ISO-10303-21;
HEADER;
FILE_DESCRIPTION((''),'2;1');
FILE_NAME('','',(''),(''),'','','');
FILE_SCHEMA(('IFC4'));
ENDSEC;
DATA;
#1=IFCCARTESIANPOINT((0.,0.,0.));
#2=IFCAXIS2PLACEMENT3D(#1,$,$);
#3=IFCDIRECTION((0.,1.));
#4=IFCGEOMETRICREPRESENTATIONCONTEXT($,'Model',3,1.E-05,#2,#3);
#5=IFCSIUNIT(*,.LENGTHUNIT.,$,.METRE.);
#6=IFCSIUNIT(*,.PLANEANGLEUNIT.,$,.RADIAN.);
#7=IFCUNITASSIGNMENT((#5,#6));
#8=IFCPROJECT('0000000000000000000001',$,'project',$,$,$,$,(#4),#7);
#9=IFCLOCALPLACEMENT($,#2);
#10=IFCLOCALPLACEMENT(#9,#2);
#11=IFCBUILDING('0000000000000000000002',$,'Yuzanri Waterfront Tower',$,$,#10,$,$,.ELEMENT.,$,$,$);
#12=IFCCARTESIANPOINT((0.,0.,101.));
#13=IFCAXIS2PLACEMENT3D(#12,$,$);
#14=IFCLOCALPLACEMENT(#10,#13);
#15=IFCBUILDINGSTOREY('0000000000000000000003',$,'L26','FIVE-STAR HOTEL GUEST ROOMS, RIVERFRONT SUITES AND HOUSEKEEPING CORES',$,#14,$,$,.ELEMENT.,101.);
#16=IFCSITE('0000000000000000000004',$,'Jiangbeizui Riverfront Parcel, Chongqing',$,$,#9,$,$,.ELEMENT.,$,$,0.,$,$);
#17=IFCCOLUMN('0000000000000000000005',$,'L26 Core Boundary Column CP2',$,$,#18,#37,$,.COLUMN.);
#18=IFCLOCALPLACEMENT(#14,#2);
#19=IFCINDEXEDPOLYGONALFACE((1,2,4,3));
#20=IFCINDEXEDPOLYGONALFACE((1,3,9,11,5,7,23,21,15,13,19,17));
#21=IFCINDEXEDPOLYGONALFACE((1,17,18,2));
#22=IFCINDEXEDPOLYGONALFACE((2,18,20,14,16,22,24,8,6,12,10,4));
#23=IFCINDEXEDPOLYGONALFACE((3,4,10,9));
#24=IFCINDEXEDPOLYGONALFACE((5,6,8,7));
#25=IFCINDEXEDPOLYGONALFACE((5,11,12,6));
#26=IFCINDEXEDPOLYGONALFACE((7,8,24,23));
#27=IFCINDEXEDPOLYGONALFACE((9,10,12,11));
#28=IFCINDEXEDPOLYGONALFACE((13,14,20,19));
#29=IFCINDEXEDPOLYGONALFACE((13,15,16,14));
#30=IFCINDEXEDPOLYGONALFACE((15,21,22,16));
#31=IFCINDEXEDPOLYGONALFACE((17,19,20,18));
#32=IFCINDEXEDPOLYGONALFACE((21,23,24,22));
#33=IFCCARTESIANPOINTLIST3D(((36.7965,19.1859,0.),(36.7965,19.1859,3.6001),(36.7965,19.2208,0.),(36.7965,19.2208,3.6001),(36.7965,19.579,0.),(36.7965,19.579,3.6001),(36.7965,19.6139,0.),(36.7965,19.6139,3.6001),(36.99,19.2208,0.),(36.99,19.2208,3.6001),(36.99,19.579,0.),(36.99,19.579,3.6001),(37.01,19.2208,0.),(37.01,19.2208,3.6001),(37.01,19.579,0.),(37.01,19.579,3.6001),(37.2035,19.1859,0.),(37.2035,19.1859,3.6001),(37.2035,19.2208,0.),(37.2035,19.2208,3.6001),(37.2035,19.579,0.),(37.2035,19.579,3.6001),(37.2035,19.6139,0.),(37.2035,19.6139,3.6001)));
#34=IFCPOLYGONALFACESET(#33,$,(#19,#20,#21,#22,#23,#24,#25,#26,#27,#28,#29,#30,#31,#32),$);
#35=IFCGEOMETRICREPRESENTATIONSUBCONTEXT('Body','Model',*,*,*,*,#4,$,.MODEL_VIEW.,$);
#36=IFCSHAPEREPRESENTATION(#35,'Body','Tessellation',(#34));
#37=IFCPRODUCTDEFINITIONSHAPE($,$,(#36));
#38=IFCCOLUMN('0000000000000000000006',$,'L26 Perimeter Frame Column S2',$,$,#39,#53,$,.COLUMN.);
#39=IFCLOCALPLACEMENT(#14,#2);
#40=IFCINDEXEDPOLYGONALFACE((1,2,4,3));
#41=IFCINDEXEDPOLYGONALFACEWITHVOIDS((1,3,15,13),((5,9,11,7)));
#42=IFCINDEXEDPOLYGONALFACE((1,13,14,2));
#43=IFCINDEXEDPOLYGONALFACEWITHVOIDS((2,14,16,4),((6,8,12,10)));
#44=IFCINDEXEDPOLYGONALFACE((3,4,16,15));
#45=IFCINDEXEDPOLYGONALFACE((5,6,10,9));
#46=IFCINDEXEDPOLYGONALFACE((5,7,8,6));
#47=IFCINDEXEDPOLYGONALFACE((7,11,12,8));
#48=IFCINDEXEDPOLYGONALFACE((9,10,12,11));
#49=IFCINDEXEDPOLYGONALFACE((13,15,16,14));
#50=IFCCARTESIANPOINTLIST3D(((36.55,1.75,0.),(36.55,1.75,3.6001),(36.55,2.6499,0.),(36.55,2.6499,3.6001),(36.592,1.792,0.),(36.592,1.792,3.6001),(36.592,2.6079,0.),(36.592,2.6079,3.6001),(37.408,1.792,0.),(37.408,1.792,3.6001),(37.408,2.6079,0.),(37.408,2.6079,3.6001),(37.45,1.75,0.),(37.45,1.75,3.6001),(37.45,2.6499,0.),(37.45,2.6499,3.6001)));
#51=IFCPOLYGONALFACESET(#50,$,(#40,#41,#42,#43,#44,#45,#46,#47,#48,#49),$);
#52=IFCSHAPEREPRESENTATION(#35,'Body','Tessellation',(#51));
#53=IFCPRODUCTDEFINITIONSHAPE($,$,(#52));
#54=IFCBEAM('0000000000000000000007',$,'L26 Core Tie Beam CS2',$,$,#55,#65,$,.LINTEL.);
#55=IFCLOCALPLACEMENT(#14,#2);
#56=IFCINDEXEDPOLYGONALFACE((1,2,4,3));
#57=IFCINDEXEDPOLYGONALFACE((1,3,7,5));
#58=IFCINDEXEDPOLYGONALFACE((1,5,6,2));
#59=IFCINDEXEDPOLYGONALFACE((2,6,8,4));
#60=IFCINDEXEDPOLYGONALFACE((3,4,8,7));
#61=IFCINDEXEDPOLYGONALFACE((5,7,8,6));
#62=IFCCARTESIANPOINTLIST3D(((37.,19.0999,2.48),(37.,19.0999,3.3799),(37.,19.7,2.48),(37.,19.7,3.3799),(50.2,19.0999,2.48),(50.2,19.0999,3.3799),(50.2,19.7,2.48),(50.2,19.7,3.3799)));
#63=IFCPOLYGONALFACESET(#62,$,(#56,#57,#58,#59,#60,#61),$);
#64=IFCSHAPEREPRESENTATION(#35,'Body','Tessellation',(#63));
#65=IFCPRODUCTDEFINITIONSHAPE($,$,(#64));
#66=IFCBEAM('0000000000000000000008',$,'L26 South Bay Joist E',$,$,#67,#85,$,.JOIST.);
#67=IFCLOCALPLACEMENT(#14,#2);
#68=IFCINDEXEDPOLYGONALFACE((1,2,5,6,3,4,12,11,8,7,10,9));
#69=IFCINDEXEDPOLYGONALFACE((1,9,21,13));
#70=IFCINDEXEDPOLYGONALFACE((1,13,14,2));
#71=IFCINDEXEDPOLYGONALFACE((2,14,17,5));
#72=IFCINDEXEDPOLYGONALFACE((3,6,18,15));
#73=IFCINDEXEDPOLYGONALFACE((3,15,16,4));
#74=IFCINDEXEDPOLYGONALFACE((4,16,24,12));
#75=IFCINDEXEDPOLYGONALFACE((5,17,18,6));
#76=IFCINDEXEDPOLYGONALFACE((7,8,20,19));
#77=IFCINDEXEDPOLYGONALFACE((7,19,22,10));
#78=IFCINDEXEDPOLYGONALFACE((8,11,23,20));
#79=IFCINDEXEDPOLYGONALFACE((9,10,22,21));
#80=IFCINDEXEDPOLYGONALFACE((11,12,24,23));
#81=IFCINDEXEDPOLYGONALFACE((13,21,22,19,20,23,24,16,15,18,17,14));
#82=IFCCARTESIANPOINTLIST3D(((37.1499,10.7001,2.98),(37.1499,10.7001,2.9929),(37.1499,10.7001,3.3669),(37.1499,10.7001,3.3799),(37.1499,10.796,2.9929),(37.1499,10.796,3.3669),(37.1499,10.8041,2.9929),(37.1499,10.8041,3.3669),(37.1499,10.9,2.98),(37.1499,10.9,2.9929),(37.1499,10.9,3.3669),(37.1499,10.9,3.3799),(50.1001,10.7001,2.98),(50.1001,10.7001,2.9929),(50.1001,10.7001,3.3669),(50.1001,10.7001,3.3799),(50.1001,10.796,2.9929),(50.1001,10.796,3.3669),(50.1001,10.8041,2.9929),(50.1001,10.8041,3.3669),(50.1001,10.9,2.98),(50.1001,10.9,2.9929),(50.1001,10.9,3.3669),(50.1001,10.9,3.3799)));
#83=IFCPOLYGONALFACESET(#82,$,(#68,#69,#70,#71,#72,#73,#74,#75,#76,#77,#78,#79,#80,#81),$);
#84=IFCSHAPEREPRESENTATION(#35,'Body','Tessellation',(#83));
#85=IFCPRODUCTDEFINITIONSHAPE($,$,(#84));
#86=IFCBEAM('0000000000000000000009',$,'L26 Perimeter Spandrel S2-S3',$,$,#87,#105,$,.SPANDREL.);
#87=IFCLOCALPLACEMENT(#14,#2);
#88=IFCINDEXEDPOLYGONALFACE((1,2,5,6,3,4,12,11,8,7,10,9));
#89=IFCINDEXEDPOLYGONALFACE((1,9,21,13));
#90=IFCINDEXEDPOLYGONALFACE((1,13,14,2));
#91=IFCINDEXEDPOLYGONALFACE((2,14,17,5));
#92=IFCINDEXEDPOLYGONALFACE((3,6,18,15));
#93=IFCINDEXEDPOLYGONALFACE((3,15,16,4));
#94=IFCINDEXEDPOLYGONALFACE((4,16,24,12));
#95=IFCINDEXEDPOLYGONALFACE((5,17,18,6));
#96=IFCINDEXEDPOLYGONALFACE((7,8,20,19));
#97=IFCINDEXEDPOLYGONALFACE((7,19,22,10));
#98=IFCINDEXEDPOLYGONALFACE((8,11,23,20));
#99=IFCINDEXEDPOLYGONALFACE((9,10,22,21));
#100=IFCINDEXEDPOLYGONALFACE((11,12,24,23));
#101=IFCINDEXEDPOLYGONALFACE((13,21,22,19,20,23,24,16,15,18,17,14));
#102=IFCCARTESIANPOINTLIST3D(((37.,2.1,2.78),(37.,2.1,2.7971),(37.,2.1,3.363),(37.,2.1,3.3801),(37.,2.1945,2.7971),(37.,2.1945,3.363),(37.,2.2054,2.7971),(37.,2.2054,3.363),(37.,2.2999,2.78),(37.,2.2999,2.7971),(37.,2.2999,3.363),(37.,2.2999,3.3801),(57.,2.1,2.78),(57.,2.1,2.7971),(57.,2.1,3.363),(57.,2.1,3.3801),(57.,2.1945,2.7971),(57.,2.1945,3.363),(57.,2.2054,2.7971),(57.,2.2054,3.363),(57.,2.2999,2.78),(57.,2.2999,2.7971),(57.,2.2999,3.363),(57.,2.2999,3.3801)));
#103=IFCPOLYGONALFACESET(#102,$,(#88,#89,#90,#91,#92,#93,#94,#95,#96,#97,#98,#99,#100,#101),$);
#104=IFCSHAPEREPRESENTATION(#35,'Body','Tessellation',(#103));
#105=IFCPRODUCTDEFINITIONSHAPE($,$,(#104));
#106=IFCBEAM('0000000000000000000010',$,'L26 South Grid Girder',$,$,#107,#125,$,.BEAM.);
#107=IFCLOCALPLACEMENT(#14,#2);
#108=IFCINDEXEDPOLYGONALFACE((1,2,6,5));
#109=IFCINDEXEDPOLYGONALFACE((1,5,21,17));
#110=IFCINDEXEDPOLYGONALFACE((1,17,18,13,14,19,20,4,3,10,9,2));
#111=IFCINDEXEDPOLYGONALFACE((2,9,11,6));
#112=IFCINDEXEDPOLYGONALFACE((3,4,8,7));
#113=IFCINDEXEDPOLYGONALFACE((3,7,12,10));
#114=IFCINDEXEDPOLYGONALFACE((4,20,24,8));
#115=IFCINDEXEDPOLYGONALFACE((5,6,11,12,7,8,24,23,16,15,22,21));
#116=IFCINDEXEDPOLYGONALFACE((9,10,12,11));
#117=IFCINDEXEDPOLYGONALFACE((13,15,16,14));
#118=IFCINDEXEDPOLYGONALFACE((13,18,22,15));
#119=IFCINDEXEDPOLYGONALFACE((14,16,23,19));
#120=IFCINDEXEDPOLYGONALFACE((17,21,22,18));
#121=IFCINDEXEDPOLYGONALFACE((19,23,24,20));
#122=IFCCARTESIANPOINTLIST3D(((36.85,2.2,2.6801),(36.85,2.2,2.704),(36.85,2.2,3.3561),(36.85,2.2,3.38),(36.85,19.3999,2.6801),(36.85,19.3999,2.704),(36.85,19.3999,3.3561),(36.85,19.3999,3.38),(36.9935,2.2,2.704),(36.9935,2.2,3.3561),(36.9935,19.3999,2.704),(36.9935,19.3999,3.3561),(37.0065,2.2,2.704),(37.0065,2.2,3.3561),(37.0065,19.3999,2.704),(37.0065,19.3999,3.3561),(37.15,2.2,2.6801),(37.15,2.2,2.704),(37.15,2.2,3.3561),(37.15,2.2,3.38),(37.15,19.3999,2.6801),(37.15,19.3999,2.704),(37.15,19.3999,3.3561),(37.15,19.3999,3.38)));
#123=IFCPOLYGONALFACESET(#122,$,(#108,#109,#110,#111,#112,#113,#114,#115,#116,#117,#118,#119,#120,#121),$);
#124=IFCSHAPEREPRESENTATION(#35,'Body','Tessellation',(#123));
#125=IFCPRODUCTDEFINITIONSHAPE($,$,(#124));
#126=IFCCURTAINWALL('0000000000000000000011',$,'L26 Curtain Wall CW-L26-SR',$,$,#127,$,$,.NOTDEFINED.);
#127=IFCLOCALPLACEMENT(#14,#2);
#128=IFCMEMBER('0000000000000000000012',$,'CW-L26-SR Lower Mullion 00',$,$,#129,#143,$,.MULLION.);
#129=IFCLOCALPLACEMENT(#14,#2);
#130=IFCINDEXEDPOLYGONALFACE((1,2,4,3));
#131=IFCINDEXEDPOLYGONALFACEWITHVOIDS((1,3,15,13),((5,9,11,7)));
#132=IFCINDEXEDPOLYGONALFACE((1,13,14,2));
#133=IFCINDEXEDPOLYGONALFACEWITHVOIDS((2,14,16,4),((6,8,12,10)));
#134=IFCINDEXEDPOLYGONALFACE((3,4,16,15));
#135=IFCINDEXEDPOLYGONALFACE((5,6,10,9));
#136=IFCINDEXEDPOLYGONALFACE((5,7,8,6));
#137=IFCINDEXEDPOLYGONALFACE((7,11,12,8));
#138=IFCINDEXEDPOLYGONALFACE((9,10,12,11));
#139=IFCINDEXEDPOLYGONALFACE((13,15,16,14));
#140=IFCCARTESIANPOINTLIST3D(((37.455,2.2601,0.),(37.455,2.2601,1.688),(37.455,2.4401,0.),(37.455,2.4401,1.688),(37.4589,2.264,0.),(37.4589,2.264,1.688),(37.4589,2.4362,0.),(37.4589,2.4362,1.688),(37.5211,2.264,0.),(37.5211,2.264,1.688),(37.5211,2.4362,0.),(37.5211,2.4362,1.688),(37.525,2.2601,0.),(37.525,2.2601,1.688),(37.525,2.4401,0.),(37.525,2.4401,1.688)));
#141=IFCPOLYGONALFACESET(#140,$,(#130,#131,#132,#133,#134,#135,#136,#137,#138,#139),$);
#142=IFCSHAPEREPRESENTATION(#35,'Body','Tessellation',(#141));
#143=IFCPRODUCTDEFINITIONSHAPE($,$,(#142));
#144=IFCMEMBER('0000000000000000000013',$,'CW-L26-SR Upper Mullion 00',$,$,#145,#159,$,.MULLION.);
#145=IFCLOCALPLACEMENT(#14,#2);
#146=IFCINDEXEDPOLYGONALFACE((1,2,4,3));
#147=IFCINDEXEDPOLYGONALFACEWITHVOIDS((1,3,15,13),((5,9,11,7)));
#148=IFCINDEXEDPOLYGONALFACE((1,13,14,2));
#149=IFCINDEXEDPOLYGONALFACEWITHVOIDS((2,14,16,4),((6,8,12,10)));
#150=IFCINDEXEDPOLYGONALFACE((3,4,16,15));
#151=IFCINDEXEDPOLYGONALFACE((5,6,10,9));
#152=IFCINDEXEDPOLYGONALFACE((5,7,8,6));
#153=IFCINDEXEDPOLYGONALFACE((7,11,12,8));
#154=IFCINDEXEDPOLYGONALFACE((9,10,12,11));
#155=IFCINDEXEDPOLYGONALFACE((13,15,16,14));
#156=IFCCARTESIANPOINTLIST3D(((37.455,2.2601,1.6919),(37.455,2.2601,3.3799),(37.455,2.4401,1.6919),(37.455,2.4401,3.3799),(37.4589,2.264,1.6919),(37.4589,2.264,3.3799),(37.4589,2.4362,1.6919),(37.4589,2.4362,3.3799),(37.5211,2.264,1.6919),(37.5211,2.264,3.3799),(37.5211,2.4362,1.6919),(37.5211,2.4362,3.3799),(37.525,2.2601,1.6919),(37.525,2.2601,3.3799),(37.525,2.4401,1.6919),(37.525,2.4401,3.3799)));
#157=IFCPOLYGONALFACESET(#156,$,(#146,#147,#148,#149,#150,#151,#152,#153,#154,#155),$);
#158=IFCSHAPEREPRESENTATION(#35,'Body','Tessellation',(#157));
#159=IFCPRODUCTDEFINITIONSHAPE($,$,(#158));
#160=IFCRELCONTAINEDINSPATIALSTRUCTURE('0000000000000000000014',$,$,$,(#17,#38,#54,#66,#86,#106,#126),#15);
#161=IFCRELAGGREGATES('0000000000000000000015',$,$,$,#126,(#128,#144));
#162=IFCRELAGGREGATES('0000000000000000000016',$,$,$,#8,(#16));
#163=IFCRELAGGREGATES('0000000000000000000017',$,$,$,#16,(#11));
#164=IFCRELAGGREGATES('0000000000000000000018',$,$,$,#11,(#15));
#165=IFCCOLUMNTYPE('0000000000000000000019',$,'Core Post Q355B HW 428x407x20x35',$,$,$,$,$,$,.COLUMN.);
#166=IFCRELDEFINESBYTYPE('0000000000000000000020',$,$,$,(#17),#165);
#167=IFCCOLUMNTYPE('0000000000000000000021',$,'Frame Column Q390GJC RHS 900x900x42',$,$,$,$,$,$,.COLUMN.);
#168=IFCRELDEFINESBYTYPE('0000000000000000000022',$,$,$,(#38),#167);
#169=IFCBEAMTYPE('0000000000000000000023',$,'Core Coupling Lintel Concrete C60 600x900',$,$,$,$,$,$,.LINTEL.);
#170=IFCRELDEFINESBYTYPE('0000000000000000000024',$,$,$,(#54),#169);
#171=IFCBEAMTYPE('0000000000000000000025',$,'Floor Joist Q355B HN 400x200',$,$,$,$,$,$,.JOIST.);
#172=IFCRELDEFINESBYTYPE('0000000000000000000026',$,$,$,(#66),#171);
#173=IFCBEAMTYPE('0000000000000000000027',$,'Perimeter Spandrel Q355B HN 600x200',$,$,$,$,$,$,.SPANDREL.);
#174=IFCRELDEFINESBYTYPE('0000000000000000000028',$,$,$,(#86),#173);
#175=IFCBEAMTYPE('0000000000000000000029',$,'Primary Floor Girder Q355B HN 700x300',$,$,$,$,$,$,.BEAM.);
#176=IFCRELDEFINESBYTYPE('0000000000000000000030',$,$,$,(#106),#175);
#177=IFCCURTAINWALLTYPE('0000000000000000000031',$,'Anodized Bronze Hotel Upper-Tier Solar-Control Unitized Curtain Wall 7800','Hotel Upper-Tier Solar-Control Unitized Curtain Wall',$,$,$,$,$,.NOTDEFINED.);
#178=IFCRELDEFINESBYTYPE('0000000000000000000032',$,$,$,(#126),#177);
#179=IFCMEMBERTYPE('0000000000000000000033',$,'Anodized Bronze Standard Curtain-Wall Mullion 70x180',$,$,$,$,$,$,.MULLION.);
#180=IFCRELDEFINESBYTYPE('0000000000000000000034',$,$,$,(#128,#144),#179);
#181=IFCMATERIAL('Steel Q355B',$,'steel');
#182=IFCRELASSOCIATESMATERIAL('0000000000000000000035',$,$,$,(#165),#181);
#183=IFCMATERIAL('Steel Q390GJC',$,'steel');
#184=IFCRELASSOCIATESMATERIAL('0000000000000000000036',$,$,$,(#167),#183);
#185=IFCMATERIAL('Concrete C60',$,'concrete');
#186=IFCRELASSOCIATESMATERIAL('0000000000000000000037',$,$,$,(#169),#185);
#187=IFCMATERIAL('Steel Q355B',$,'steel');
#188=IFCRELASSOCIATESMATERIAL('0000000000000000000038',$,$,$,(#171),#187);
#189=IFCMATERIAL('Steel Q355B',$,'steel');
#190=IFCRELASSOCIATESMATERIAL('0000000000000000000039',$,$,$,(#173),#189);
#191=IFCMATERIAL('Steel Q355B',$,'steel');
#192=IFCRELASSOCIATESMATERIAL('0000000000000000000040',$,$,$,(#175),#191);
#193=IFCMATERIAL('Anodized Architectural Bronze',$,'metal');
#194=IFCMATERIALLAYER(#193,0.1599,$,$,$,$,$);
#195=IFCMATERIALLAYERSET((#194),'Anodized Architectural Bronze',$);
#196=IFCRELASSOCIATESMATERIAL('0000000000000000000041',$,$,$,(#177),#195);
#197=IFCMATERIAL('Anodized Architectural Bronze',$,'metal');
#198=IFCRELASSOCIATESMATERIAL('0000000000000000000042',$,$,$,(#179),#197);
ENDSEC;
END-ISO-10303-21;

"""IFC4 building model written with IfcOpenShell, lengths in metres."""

from ifc_helpers import new_model, si_unit, direction, frame, origin, origin_2d, place, context, subcontext, project, spatial, rectangle, hollow_rectangle, i_section, extrude, source, transform, mapped, material, layer, layer_set, material_profile, profile_set, type_object, element, aggregate, save


model = new_model("IFC4")

# Units and contexts
model_context = context("Model", 3, precision=1e-05, world=origin(), true_north=direction((0.0, 1.0)))
body_context = subcontext(model_context, "Body", "Model", "MODEL_VIEW")
ifc_project = project(units=[si_unit("LENGTHUNIT", "METRE"), si_unit("PLANEANGLEUNIT", "RADIAN")], contexts=[model_context])

# Site, building, storey
site_placement = place(None, origin())
site = spatial("IfcSite", under=ifc_project, at=site_placement, Name="Jiangbeizui Riverfront Parcel, Chongqing", CompositionType="ELEMENT", RefElevation=0.0)
building_placement = place(site_placement, origin())
building = spatial("IfcBuilding", under=site, at=building_placement, Name="Yuzanri Waterfront Tower", CompositionType="ELEMENT")
storey_placement = place(building_placement, frame((0.0, 0.0, 101.0)))
storey = spatial("IfcBuildingStorey", under=building, at=storey_placement, Name="L26", Description="FIVE-STAR HOTEL GUEST ROOMS, RIVERFRONT SUITES AND HOUSEKEEPING CORES", CompositionType="ELEMENT", Elevation=101.0)

# Columns
ifc_material_1 = material(Name="Steel Q355B", Category="steel")
ifc_material_profile_1 = material_profile(ifc_material_1, i_section(OverallWidth=0.407, OverallDepth=0.428, WebThickness=0.02, FlangeThickness=0.0349, at=origin_2d()), Name="HW 428x407x20x35")
ifc_profile_set_1 = profile_set([ifc_material_profile_1], Name="Steel Q355B")
column_type_1 = type_object("IfcColumnType", Name="Core Post Q355B HW 428x407x20x35", PredefinedType="COLUMN", material=ifc_profile_set_1)
shared_shape_1 = source(origin(), body_context, "Body", "SweptSolid", [
    extrude(i_section(OverallWidth=0.407, OverallDepth=0.428, WebThickness=0.02, FlangeThickness=0.0349, at=origin_2d()), origin(), (0.0, 0.0, 1.0), 3.6001),
])
column_1_placement = place(storey_placement, frame((37.0, 19.3999, 0.0), z_axis=(0.0, 0.0, 1.0), x_axis=(1.0, 0.0, 0.0)))
element("IfcColumn", 1, at=column_1_placement, inside=storey, type_object=column_type_1, Name="L26 Core Boundary Column CP2", PredefinedType="COLUMN", context=body_context, shape_type="MappedRepresentation", body=[
    mapped(shared_shape_1, transform((0.0, 0.0, 0.0), scale=1.0)),
])
ifc_material_2 = material(Name="Steel Q390GJC", Category="steel")
ifc_material_profile_2 = material_profile(ifc_material_2, hollow_rectangle(XDim=0.8999, YDim=0.8999, WallThickness=0.042, at=origin_2d()), Name="RHS 900x900x42")
ifc_profile_set_2 = profile_set([ifc_material_profile_2], Name="Steel Q390GJC")
column_type_2 = type_object("IfcColumnType", Name="Frame Column Q390GJC RHS 900x900x42", PredefinedType="COLUMN", material=ifc_profile_set_2)
shared_shape_2 = source(origin(), body_context, "Body", "SweptSolid", [
    extrude(hollow_rectangle(XDim=0.8999, YDim=0.8999, WallThickness=0.042, at=origin_2d()), origin(), (0.0, 0.0, 1.0), 3.6001),
])
column_2_placement = place(storey_placement, frame((37.0, 2.2, 0.0), z_axis=(0.0, 0.0, 1.0), x_axis=(1.0, 0.0, 0.0)))
element("IfcColumn", 2, at=column_2_placement, inside=storey, type_object=column_type_2, Name="L26 Perimeter Frame Column S2", PredefinedType="COLUMN", context=body_context, shape_type="MappedRepresentation", body=[
    mapped(shared_shape_2, transform((0.0, 0.0, 0.0), scale=1.0)),
])

# Beams
ifc_material_3 = material(Name="Concrete C60", Category="concrete")
ifc_material_profile_3 = material_profile(ifc_material_3, rectangle(XDim=0.6001, YDim=0.8999, at=origin_2d()), Name="RC 600x900")
ifc_profile_set_3 = profile_set([ifc_material_profile_3], Name="Concrete C60")
beam_type_1 = type_object("IfcBeamType", Name="Core Coupling Lintel Concrete C60 600x900", PredefinedType="LINTEL", material=ifc_profile_set_3)
shared_shape_3 = source(origin(), body_context, "Body", "SweptSolid", [
    extrude(rectangle(XDim=0.6001, YDim=0.8999, at=origin_2d()), origin(), (0.0, 0.0, 1.0), 13.2),
])
beam_1_placement = place(storey_placement, frame((37.0, 19.3999, 2.9299), z_axis=(1.0, 0.0, 0.0), x_axis=(0.0, 1.0, 0.0)))
element("IfcBeam", 3, at=beam_1_placement, inside=storey, type_object=beam_type_1, Name="L26 Core Tie Beam CS2", PredefinedType="LINTEL", context=body_context, shape_type="MappedRepresentation", body=[
    mapped(shared_shape_3, transform((0.0, 0.0, 0.0), scale=1.0)),
])
ifc_material_4 = material(Name="Steel Q355B", Category="steel")
ifc_material_profile_4 = material_profile(ifc_material_4, i_section(OverallWidth=0.2, OverallDepth=0.3999, WebThickness=0.0081, FlangeThickness=0.0129, at=origin_2d()), Name="HN 400x200x8x13")
ifc_profile_set_4 = profile_set([ifc_material_profile_4], Name="Steel Q355B")
beam_type_2 = type_object("IfcBeamType", Name="Floor Joist Q355B HN 400x200", PredefinedType="JOIST", material=ifc_profile_set_4)
shared_shape_4 = source(origin(), body_context, "Body", "SweptSolid", [
    extrude(i_section(OverallWidth=0.2, OverallDepth=0.3999, WebThickness=0.0081, FlangeThickness=0.0129, at=origin_2d()), origin(), (0.0, 0.0, 1.0), 12.9502),
])
beam_2_placement = place(storey_placement, frame((37.1499, 10.8, 3.1799), z_axis=(1.0, 0.0, 0.0), x_axis=(0.0, 1.0, 0.0)))
element("IfcBeam", 4, at=beam_2_placement, inside=storey, type_object=beam_type_2, Name="L26 South Bay Joist E", PredefinedType="JOIST", context=body_context, shape_type="MappedRepresentation", body=[
    mapped(shared_shape_4, transform((0.0, 0.0, 0.0), scale=1.0)),
])
ifc_material_5 = material(Name="Steel Q355B", Category="steel")
ifc_material_profile_5 = material_profile(ifc_material_5, i_section(OverallWidth=0.2, OverallDepth=0.6001, WebThickness=0.011, FlangeThickness=0.0171, at=origin_2d()), Name="HN 600x200x11x17")
ifc_profile_set_5 = profile_set([ifc_material_profile_5], Name="Steel Q355B")
beam_type_3 = type_object("IfcBeamType", Name="Perimeter Spandrel Q355B HN 600x200", PredefinedType="SPANDREL", material=ifc_profile_set_5)
shared_shape_5 = source(origin(), body_context, "Body", "SweptSolid", [
    extrude(i_section(OverallWidth=0.2, OverallDepth=0.6001, WebThickness=0.011, FlangeThickness=0.0171, at=origin_2d()), origin(), (0.0, 0.0, 1.0), 20.0),
])
beam_3_placement = place(storey_placement, frame((37.0, 2.2, 3.0801), z_axis=(1.0, 0.0, 0.0), x_axis=(0.0, 1.0, 0.0)))
element("IfcBeam", 5, at=beam_3_placement, inside=storey, type_object=beam_type_3, Name="L26 Perimeter Spandrel S2-S3", PredefinedType="SPANDREL", context=body_context, shape_type="MappedRepresentation", body=[
    mapped(shared_shape_5, transform((0.0, 0.0, 0.0), scale=1.0)),
])
ifc_material_6 = material(Name="Steel Q355B", Category="steel")
ifc_material_profile_6 = material_profile(ifc_material_6, i_section(OverallWidth=0.3, OverallDepth=0.7, WebThickness=0.0129, FlangeThickness=0.0239, at=origin_2d()), Name="HN 700x300x13x24")
ifc_profile_set_6 = profile_set([ifc_material_profile_6], Name="Steel Q355B")
beam_type_4 = type_object("IfcBeamType", Name="Primary Floor Girder Q355B HN 700x300", PredefinedType="BEAM", material=ifc_profile_set_6)
shared_shape_6 = source(origin(), body_context, "Body", "SweptSolid", [
    extrude(i_section(OverallWidth=0.3, OverallDepth=0.7, WebThickness=0.0129, FlangeThickness=0.0239, at=origin_2d()), origin(), (0.0, 0.0, 1.0), 17.2),
])
beam_4_placement = place(storey_placement, frame((37.0, 19.3999, 3.03), z_axis=(0.0, -1.0, 0.0), x_axis=(1.0, 0.0, 0.0)))
element("IfcBeam", 6, at=beam_4_placement, inside=storey, type_object=beam_type_4, Name="L26 South Grid Girder", PredefinedType="BEAM", context=body_context, shape_type="MappedRepresentation", body=[
    mapped(shared_shape_6, transform((0.0, 0.0, 0.0), scale=1.0)),
])

# Curtain wall, members
ifc_material_7 = material(Name="Anodized Architectural Bronze", Category="metal")
ifc_layer_1 = layer(ifc_material_7, 0.1599)
ifc_layer_set_1 = layer_set([ifc_layer_1], Name="Anodized Architectural Bronze")
curtain_wall_type = type_object("IfcCurtainWallType", Name="Anodized Bronze Hotel Upper-Tier Solar-Control Unitized Curtain Wall 7800", Description="Hotel Upper-Tier Solar-Control Unitized Curtain Wall", PredefinedType="NOTDEFINED", material=ifc_layer_set_1)
curtain_wall_placement = place(storey_placement, origin())
curtain_wall = element("IfcCurtainWall", 7, at=curtain_wall_placement, inside=storey, type_object=curtain_wall_type, Name="L26 Curtain Wall CW-L26-SR", PredefinedType="NOTDEFINED")
ifc_material_8 = material(Name="Anodized Architectural Bronze", Category="metal")
ifc_material_profile_7 = material_profile(ifc_material_8, hollow_rectangle(XDim=0.0701, YDim=0.1799, WallThickness=0.0039, at=origin_2d()), Name="CWM 70x180")
ifc_profile_set_7 = profile_set([ifc_material_profile_7], Name="Anodized Architectural Bronze")
member_type_1 = type_object("IfcMemberType", Name="Anodized Bronze Standard Curtain-Wall Mullion 70x180", PredefinedType="MULLION", material=ifc_profile_set_7)
shared_shape_7 = source(origin(), body_context, "Body", "SweptSolid", [
    extrude(hollow_rectangle(XDim=0.0701, YDim=0.1799, WallThickness=0.0039, at=origin_2d()), origin(), (0.0, 0.0, 1.0), 1.688),
])
member_1_placement = place(storey_placement, frame((37.49, 2.3501, 0.0), z_axis=(0.0, 0.0, 1.0), x_axis=(1.0, 0.0, 0.0)))
member_1 = element("IfcMember", 8, at=member_1_placement, type_object=member_type_1, Name="CW-L26-SR Lower Mullion 00", PredefinedType="MULLION", context=body_context, shape_type="MappedRepresentation", body=[
    mapped(shared_shape_7, transform((0.0, 0.0, 0.0), scale=1.0)),
])
member_2_placement = place(storey_placement, frame((37.49, 2.3501, 1.6919), z_axis=(0.0, 0.0, 1.0), x_axis=(1.0, 0.0, 0.0)))
member_2 = element("IfcMember", 9, at=member_2_placement, type_object=member_type_1, Name="CW-L26-SR Upper Mullion 00", PredefinedType="MULLION", context=body_context, shape_type="MappedRepresentation", body=[
    mapped(shared_shape_7, transform((0.0, 0.0, 0.0), scale=1.0)),
])
aggregate(curtain_wall, [member_1, member_2])

save(model, "model.ifc")
